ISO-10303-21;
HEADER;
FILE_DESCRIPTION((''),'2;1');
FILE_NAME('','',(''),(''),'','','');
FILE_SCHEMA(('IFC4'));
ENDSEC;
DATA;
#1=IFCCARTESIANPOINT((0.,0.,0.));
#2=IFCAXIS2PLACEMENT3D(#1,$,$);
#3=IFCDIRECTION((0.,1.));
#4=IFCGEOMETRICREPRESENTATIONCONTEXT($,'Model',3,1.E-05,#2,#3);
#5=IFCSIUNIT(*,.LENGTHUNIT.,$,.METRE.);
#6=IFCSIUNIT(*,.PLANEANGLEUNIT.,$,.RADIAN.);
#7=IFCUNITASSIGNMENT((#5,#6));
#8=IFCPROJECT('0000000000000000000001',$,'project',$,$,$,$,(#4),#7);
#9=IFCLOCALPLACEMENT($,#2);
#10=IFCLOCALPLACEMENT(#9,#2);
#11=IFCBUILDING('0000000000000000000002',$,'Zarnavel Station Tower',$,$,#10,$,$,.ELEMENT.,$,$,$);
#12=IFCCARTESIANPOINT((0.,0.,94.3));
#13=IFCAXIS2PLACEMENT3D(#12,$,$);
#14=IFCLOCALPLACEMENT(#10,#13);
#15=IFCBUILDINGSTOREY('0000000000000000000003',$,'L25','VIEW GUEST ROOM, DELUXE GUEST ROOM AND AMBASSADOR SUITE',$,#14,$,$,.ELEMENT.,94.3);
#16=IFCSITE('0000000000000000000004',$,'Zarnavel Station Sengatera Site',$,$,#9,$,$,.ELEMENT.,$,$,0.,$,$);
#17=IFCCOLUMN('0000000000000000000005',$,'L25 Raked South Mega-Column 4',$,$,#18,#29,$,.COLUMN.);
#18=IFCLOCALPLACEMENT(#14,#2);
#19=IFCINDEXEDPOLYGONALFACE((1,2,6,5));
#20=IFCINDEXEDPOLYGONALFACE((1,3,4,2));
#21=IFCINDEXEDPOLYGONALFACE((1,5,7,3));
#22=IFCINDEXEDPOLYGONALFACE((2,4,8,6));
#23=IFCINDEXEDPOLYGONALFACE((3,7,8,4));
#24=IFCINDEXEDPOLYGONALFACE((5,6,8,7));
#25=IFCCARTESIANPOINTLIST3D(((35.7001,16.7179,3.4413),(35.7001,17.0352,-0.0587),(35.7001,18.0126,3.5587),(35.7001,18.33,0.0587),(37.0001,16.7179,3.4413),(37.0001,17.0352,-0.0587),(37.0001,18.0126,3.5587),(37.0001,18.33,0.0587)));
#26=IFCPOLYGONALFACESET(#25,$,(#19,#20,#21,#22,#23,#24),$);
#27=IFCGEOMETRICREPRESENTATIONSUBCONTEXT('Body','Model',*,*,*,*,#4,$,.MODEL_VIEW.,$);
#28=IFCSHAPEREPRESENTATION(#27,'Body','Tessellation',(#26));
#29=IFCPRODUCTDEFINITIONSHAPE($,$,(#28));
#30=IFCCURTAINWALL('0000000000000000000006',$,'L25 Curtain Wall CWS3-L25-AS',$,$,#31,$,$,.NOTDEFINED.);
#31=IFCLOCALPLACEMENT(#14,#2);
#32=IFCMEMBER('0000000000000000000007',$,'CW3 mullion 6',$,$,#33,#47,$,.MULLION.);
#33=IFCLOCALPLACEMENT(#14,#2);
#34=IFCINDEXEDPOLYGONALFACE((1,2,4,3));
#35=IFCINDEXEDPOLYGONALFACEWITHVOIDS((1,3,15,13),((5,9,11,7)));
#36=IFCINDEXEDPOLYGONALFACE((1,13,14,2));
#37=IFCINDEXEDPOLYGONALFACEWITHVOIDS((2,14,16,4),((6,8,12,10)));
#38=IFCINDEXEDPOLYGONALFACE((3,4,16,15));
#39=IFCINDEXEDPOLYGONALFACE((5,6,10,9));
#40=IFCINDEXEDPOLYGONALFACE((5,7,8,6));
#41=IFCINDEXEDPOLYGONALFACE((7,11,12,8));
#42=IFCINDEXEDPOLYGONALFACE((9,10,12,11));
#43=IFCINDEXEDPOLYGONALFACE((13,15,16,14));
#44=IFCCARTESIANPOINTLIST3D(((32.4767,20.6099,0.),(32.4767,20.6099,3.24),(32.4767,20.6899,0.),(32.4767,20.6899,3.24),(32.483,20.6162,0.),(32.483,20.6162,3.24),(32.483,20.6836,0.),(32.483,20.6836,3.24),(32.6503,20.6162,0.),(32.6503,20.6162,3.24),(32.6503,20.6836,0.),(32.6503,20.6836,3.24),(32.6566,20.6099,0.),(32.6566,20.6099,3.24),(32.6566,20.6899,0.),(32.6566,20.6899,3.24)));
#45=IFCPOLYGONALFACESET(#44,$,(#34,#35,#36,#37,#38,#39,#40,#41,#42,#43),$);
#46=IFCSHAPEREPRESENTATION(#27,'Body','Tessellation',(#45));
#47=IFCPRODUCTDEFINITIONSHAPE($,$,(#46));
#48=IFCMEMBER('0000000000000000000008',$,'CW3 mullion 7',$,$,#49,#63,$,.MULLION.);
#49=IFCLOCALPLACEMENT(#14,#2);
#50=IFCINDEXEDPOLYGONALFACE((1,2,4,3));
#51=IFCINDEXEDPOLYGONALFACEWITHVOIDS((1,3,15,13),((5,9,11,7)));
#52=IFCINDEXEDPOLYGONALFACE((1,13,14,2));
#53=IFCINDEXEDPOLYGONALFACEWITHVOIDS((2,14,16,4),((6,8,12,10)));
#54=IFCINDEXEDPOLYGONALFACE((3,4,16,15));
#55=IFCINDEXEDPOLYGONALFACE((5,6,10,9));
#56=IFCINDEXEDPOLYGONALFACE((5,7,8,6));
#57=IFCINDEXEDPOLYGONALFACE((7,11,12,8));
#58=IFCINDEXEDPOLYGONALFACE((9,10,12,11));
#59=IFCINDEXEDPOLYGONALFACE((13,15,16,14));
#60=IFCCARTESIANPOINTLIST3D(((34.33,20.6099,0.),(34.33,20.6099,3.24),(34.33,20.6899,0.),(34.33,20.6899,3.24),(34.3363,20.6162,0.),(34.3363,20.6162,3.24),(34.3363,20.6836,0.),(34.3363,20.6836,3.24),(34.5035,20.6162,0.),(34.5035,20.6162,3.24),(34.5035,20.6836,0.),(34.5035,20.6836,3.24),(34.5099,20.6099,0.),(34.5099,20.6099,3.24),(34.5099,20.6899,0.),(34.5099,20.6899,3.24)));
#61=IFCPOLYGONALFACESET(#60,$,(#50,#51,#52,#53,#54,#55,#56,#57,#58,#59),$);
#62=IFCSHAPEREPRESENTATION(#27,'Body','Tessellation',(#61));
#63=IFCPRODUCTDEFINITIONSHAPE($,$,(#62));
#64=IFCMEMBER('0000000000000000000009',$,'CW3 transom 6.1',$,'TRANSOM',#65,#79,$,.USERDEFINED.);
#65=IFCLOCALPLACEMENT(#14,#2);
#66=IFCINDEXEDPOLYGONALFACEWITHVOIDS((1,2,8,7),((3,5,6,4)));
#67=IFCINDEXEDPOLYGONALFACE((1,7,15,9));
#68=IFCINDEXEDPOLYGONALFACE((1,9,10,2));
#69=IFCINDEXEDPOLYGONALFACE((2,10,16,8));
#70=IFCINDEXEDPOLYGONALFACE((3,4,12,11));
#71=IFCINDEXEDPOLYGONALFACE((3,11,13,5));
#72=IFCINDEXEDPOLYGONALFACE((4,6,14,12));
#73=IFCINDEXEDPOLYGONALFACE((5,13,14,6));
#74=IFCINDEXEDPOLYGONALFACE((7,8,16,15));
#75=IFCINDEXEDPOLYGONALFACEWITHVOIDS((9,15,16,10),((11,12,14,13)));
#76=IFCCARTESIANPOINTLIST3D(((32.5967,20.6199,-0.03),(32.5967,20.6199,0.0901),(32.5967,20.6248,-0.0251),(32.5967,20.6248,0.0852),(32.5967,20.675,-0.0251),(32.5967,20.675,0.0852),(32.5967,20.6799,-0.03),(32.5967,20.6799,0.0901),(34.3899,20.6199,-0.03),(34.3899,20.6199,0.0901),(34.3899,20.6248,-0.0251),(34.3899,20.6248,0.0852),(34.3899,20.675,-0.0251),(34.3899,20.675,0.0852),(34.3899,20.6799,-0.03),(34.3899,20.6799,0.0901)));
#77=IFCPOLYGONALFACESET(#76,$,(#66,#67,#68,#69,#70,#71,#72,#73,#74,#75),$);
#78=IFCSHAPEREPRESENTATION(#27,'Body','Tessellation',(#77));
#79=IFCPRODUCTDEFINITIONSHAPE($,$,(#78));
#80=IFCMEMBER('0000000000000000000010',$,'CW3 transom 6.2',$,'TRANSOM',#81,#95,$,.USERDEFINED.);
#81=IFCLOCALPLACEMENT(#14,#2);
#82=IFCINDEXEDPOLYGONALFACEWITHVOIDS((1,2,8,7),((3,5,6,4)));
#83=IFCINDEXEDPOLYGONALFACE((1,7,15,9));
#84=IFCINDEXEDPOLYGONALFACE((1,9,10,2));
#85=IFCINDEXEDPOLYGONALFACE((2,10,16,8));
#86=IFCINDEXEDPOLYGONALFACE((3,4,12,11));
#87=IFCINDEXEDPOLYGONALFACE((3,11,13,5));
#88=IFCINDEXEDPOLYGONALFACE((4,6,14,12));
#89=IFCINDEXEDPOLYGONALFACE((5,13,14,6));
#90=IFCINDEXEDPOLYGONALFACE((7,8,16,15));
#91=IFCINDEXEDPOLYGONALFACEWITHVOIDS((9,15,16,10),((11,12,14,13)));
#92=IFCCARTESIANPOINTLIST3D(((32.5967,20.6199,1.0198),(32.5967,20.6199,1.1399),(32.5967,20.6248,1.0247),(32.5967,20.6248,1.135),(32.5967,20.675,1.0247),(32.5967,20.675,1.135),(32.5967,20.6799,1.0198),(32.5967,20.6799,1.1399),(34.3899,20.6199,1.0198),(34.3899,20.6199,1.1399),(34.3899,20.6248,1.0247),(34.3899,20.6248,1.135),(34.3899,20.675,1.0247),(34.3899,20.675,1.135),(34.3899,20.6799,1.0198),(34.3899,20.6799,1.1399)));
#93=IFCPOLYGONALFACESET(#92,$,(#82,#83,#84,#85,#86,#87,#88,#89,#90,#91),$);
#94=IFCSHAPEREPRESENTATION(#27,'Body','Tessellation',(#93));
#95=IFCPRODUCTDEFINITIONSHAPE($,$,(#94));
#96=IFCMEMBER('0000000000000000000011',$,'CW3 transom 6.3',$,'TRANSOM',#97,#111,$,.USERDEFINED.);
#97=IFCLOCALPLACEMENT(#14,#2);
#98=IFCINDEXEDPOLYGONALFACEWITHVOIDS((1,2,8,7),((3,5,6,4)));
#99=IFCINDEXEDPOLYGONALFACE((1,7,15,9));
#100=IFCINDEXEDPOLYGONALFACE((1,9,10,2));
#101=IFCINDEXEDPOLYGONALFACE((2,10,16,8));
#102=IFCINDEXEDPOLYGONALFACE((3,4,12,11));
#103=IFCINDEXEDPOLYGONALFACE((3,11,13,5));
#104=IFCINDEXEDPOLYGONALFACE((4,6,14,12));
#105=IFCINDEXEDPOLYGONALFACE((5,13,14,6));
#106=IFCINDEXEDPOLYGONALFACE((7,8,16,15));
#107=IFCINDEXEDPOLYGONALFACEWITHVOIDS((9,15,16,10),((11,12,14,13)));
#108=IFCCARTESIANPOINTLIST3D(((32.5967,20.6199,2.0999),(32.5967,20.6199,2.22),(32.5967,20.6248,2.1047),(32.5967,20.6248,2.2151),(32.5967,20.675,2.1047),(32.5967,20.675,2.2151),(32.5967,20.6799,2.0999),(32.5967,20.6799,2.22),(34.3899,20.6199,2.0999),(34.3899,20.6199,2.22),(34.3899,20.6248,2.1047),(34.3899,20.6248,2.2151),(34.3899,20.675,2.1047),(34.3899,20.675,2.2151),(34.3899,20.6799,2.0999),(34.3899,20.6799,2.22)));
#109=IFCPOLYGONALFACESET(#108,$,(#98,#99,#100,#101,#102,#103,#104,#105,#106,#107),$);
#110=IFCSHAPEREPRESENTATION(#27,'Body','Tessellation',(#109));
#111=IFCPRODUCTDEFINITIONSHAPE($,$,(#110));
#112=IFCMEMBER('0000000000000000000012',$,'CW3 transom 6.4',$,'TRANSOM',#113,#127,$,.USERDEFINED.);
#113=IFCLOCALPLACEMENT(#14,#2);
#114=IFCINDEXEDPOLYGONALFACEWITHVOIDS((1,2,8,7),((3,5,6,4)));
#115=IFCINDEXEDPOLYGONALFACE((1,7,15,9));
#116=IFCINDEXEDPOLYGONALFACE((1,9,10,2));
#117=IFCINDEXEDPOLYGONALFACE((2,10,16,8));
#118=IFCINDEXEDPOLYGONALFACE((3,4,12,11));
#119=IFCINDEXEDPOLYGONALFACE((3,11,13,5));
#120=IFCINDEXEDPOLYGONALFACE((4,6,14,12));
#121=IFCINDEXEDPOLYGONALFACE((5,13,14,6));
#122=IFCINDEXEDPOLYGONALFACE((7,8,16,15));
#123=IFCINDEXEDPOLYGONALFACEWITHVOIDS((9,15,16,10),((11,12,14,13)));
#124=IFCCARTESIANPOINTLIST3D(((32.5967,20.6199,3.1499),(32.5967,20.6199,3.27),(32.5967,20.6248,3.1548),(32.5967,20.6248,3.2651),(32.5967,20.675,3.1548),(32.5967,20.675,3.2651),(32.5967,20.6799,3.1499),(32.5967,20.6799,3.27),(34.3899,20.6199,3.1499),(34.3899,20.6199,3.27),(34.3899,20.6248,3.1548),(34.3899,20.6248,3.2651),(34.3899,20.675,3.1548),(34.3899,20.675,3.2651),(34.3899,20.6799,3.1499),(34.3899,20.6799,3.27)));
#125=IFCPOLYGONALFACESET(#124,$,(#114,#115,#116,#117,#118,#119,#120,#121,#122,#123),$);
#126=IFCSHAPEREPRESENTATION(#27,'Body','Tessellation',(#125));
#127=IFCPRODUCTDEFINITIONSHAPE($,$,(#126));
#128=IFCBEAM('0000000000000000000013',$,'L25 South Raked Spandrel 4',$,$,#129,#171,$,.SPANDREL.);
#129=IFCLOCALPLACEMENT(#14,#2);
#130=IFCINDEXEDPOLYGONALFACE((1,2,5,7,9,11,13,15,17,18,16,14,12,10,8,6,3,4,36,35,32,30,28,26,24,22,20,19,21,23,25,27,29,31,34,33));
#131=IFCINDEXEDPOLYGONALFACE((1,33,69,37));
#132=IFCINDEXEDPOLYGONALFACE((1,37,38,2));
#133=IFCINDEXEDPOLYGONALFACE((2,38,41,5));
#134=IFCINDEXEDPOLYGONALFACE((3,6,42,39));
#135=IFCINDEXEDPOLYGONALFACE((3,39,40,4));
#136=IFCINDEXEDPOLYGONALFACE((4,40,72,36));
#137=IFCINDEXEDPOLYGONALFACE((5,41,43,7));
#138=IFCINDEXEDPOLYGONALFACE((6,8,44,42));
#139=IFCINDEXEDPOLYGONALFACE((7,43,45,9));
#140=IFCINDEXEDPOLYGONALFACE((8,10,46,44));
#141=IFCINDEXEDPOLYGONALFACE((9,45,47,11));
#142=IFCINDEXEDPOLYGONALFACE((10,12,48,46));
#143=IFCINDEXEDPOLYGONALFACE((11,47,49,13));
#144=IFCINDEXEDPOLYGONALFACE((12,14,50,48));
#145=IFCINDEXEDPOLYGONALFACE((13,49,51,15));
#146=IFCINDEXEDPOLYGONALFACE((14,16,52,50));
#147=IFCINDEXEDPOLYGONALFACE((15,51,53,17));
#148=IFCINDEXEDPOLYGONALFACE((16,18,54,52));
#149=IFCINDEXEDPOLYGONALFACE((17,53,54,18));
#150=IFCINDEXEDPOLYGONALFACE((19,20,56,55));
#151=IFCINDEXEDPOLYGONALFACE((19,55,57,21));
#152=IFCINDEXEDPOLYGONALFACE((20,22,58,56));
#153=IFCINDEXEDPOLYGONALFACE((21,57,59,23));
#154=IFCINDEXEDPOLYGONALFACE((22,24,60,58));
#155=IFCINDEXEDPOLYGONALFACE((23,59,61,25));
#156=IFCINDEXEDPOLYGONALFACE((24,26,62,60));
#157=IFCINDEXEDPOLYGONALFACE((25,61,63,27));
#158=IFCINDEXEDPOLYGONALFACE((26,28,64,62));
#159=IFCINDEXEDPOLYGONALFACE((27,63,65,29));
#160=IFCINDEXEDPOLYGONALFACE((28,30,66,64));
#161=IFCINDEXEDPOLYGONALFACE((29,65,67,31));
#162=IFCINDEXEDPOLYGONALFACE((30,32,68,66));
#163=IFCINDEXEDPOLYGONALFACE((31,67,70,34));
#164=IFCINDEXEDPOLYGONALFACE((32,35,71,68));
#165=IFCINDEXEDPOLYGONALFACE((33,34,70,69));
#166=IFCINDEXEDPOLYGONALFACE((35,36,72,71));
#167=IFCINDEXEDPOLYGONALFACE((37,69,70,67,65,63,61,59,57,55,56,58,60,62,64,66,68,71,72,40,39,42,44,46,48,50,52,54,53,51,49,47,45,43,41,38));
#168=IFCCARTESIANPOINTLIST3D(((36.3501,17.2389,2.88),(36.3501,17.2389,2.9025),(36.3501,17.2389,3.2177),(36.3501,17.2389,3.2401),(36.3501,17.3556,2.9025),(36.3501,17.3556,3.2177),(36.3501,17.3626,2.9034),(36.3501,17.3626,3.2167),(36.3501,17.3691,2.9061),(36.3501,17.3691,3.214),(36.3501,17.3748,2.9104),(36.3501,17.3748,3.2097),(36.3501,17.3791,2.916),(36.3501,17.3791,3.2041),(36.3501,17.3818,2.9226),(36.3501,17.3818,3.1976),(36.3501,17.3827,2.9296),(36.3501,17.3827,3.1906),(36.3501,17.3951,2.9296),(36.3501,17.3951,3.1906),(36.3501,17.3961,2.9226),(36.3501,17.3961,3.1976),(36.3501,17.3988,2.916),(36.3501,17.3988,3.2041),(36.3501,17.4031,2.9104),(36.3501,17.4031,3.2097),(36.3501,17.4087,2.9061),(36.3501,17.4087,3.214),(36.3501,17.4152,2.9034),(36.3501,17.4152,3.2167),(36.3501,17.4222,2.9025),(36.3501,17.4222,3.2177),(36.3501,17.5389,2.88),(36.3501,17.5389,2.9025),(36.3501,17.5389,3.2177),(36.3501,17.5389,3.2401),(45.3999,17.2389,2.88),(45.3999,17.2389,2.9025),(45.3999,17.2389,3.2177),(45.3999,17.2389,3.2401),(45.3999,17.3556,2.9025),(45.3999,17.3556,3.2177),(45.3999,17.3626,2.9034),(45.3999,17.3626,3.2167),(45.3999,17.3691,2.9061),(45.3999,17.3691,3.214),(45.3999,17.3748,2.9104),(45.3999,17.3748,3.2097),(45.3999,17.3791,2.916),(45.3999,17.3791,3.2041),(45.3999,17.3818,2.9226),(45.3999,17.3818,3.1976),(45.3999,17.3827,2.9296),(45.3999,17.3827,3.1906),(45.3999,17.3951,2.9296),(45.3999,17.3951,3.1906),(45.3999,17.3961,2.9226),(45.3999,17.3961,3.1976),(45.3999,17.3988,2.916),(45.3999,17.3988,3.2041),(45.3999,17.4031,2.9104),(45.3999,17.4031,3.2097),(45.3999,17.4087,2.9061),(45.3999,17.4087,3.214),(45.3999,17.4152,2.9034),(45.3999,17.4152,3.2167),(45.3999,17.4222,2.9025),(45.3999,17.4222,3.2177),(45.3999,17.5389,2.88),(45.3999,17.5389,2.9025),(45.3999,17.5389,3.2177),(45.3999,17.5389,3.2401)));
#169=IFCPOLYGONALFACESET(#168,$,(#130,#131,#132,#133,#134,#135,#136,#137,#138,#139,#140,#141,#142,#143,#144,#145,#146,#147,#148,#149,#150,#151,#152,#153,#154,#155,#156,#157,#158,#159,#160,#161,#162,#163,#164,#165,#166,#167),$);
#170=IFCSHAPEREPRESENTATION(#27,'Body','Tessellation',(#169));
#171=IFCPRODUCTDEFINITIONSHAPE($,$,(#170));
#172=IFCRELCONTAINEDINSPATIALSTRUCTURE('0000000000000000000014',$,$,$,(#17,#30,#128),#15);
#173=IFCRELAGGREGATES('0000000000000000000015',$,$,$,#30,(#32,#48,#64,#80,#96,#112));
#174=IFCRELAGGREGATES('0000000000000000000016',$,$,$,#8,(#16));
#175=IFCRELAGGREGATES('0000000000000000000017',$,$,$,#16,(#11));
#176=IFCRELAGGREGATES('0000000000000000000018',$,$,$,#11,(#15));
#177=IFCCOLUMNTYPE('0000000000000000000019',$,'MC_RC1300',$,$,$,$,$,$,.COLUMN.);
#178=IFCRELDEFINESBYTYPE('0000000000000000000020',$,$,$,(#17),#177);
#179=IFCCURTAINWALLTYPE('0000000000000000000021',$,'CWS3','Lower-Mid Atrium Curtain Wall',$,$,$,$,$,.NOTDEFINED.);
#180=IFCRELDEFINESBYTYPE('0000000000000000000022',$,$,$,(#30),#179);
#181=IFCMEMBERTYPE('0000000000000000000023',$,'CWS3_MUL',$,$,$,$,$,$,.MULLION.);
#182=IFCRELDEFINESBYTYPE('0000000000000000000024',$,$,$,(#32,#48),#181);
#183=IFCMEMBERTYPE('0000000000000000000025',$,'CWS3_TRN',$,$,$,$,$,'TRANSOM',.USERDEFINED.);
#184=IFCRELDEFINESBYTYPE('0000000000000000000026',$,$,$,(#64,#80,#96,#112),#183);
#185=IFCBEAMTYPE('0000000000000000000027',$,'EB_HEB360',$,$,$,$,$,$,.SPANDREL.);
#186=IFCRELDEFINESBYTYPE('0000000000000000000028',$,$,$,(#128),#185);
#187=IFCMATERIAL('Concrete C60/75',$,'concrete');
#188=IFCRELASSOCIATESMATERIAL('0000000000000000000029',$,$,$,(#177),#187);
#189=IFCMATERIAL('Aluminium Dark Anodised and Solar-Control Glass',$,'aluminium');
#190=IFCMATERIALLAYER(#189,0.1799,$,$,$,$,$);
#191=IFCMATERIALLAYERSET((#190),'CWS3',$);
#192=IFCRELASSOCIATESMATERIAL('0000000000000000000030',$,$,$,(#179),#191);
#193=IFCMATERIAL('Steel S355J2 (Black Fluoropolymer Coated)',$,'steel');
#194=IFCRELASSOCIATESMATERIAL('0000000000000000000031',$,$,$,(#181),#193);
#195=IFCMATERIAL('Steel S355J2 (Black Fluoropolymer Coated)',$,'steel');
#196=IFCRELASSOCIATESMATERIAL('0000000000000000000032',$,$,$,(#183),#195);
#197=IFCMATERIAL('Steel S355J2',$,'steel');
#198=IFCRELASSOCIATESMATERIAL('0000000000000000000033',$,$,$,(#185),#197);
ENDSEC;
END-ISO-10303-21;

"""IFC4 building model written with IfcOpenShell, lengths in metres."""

from ifc_helpers import new_model, si_unit, direction, frame, origin, origin_2d, place, context, subcontext, project, spatial, rectangle, hollow_rectangle, i_section, extrude, material, layer, layer_set, material_profile, profile_set, type_object, element, aggregate, save


model = new_model("IFC4")

# Units and contexts
model_context = context("Model", 3, precision=1e-05, world=origin(), true_north=direction((0.0, 1.0)))
body_context = subcontext(model_context, "Body", "Model", "MODEL_VIEW")
ifc_project = project(units=[si_unit("LENGTHUNIT", "METRE"), si_unit("PLANEANGLEUNIT", "RADIAN")], contexts=[model_context])

# Site, building, storey
site_placement = place(None, origin())
site = spatial("IfcSite", under=ifc_project, at=site_placement, Name="Zarnavel Station Sengatera Site", CompositionType="ELEMENT", RefElevation=0.0)
building_placement = place(site_placement, origin())
building = spatial("IfcBuilding", under=site, at=building_placement, Name="Zarnavel Station Tower", CompositionType="ELEMENT")
storey_placement = place(building_placement, frame((0.0, 0.0, 94.3)))
storey = spatial("IfcBuildingStorey", under=building, at=storey_placement, Name="L25", Description="VIEW GUEST ROOM, DELUXE GUEST ROOM AND AMBASSADOR SUITE", CompositionType="ELEMENT", Elevation=94.3)

# Column
ifc_material_1 = material(Name="Concrete C60/75", Category="concrete")
ifc_material_profile_1 = material_profile(ifc_material_1, rectangle(XDim=1.3, YDim=1.3, at=origin_2d()), Name="RC1300x1300")
ifc_profile_set_1 = profile_set([ifc_material_profile_1], Name="Concrete C60/75")
column_type = type_object("IfcColumnType", Name="MC_RC1300", PredefinedType="COLUMN", material=ifc_profile_set_1)
column_placement = place(storey_placement, frame((36.3501, 17.6826, 0.0), z_axis=(0.0, -0.09031, 0.995914), x_axis=(1.0, 0.0, 0.0)))
element("IfcColumn", 1, at=column_placement, inside=storey, type_object=column_type, Name="L25 Raked South Mega-Column 4", PredefinedType="COLUMN", context=body_context, shape_type="SweptSolid", body=[
    extrude(rectangle(XDim=1.3, YDim=1.3, at=origin_2d()), origin(), (0.0, 0.0, 1.0), 3.5144),
])

# Curtain wall, members
ifc_material_2 = material(Name="Aluminium Dark Anodised and Solar-Control Glass", Category="aluminium")
ifc_layer_1 = layer(ifc_material_2, 0.1799)
ifc_layer_set_1 = layer_set([ifc_layer_1], Name="CWS3")
curtain_wall_type = type_object("IfcCurtainWallType", Name="CWS3", Description="Lower-Mid Atrium Curtain Wall", PredefinedType="NOTDEFINED", material=ifc_layer_set_1)
curtain_wall_placement = place(storey_placement, origin())
curtain_wall = element("IfcCurtainWall", 2, at=curtain_wall_placement, inside=storey, type_object=curtain_wall_type, Name="L25 Curtain Wall CWS3-L25-AS", PredefinedType="NOTDEFINED")
ifc_material_3 = material(Name="Steel S355J2 (Black Fluoropolymer Coated)", Category="steel")
ifc_material_profile_2 = material_profile(ifc_material_3, hollow_rectangle(XDim=0.0801, YDim=0.1799, WallThickness=0.0063, at=origin_2d()), Name="RHS180x80x6.3")
ifc_profile_set_2 = profile_set([ifc_material_profile_2], Name="Steel S355J2 (Black Fluoropolymer Coated)")
member_type_1 = type_object("IfcMemberType", Name="CWS3_MUL", PredefinedType="MULLION", material=ifc_profile_set_2)
member_1_placement = place(storey_placement, frame((32.5667, 20.6499, 0.0), z_axis=(0.0, 0.0, 1.0), x_axis=(0.0, 1.0, 0.0)))
member_1 = element("IfcMember", 3, at=member_1_placement, type_object=member_type_1, Name="CW3 mullion 6", PredefinedType="MULLION", context=body_context, shape_type="SweptSolid", body=[
    extrude(hollow_rectangle(XDim=0.0801, YDim=0.1799, WallThickness=0.0063, at=origin_2d()), origin(), (0.0, 0.0, 1.0), 3.24),
])
member_2_placement = place(storey_placement, frame((34.4199, 20.6499, 0.0), z_axis=(0.0, 0.0, 1.0), x_axis=(0.0, 1.0, 0.0)))
member_2 = element("IfcMember", 4, at=member_2_placement, type_object=member_type_1, Name="CW3 mullion 7", PredefinedType="MULLION", context=body_context, shape_type="SweptSolid", body=[
    extrude(hollow_rectangle(XDim=0.0801, YDim=0.1799, WallThickness=0.0063, at=origin_2d()), origin(), (0.0, 0.0, 1.0), 3.24),
])
ifc_material_4 = material(Name="Steel S355J2 (Black Fluoropolymer Coated)", Category="steel")
ifc_material_profile_3 = material_profile(ifc_material_4, hollow_rectangle(XDim=0.0601, YDim=0.1201, WallThickness=0.0049, at=origin_2d()), Name="RHS120x60x5")
ifc_profile_set_3 = profile_set([ifc_material_profile_3], Name="Steel S355J2 (Black Fluoropolymer Coated)")
member_type_2 = type_object("IfcMemberType", Name="CWS3_TRN", ElementType="TRANSOM", PredefinedType="USERDEFINED", material=ifc_profile_set_3)
member_3_placement = place(storey_placement, frame((32.5967, 20.6499, 0.03), z_axis=(1.0, 0.0, 0.0), x_axis=(0.0, 1.0, 0.0)))
member_3 = element("IfcMember", 5, at=member_3_placement, type_object=member_type_2, Name="CW3 transom 6.1", ObjectType="TRANSOM", PredefinedType="USERDEFINED", context=body_context, shape_type="SweptSolid", body=[
    extrude(hollow_rectangle(XDim=0.0601, YDim=0.1201, WallThickness=0.0049, at=origin_2d()), origin(), (0.0, 0.0, 1.0), 1.7932),
])
member_4_placement = place(storey_placement, frame((32.5967, 20.6499, 1.0798), z_axis=(1.0, 0.0, 0.0), x_axis=(0.0, 1.0, 0.0)))
member_4 = element("IfcMember", 6, at=member_4_placement, type_object=member_type_2, Name="CW3 transom 6.2", ObjectType="TRANSOM", PredefinedType="USERDEFINED", context=body_context, shape_type="SweptSolid", body=[
    extrude(hollow_rectangle(XDim=0.0601, YDim=0.1201, WallThickness=0.0049, at=origin_2d()), origin(), (0.0, 0.0, 1.0), 1.7932),
])
member_5_placement = place(storey_placement, frame((32.5967, 20.6499, 2.1599), z_axis=(1.0, 0.0, 0.0), x_axis=(0.0, 1.0, 0.0)))
member_5 = element("IfcMember", 7, at=member_5_placement, type_object=member_type_2, Name="CW3 transom 6.3", ObjectType="TRANSOM", PredefinedType="USERDEFINED", context=body_context, shape_type="SweptSolid", body=[
    extrude(hollow_rectangle(XDim=0.0601, YDim=0.1201, WallThickness=0.0049, at=origin_2d()), origin(), (0.0, 0.0, 1.0), 1.7932),
])
member_6_placement = place(storey_placement, frame((32.5967, 20.6499, 3.21), z_axis=(1.0, 0.0, 0.0), x_axis=(0.0, 1.0, 0.0)))
member_6 = element("IfcMember", 8, at=member_6_placement, type_object=member_type_2, Name="CW3 transom 6.4", ObjectType="TRANSOM", PredefinedType="USERDEFINED", context=body_context, shape_type="SweptSolid", body=[
    extrude(hollow_rectangle(XDim=0.0601, YDim=0.1201, WallThickness=0.0049, at=origin_2d()), origin(), (0.0, 0.0, 1.0), 1.7932),
])

# Beam
ifc_material_5 = material(Name="Steel S355J2", Category="steel")
ifc_material_profile_4 = material_profile(ifc_material_5, i_section(OverallWidth=0.3, OverallDepth=0.3601, WebThickness=0.0125, FlangeThickness=0.0225, FilletRadius=0.0271, at=origin_2d()), Name="HEB360")
ifc_profile_set_4 = profile_set([ifc_material_profile_4], Name="Steel S355J2")
beam_type_1 = type_object("IfcBeamType", Name="EB_HEB360", PredefinedType="SPANDREL", material=ifc_profile_set_4)
beam_1_placement = place(storey_placement, frame((36.3501, 17.3889, 3.0601), z_axis=(1.0, 0.0, 0.0), x_axis=(0.0, 1.0, 0.0)))
element("IfcBeam", 9, at=beam_1_placement, inside=storey, type_object=beam_type_1, Name="L25 South Raked Spandrel 4", PredefinedType="SPANDREL", context=body_context, shape_type="SweptSolid", body=[
    extrude(i_section(OverallWidth=0.3, OverallDepth=0.3601, WebThickness=0.0125, FlangeThickness=0.0225, FilletRadius=0.0271, at=origin_2d()), origin(), (0.0, 0.0, 1.0), 9.0498),
])

aggregate(curtain_wall, [member_1, member_2, member_3, member_4, member_5, member_6])

save(model, "model.ifc")
